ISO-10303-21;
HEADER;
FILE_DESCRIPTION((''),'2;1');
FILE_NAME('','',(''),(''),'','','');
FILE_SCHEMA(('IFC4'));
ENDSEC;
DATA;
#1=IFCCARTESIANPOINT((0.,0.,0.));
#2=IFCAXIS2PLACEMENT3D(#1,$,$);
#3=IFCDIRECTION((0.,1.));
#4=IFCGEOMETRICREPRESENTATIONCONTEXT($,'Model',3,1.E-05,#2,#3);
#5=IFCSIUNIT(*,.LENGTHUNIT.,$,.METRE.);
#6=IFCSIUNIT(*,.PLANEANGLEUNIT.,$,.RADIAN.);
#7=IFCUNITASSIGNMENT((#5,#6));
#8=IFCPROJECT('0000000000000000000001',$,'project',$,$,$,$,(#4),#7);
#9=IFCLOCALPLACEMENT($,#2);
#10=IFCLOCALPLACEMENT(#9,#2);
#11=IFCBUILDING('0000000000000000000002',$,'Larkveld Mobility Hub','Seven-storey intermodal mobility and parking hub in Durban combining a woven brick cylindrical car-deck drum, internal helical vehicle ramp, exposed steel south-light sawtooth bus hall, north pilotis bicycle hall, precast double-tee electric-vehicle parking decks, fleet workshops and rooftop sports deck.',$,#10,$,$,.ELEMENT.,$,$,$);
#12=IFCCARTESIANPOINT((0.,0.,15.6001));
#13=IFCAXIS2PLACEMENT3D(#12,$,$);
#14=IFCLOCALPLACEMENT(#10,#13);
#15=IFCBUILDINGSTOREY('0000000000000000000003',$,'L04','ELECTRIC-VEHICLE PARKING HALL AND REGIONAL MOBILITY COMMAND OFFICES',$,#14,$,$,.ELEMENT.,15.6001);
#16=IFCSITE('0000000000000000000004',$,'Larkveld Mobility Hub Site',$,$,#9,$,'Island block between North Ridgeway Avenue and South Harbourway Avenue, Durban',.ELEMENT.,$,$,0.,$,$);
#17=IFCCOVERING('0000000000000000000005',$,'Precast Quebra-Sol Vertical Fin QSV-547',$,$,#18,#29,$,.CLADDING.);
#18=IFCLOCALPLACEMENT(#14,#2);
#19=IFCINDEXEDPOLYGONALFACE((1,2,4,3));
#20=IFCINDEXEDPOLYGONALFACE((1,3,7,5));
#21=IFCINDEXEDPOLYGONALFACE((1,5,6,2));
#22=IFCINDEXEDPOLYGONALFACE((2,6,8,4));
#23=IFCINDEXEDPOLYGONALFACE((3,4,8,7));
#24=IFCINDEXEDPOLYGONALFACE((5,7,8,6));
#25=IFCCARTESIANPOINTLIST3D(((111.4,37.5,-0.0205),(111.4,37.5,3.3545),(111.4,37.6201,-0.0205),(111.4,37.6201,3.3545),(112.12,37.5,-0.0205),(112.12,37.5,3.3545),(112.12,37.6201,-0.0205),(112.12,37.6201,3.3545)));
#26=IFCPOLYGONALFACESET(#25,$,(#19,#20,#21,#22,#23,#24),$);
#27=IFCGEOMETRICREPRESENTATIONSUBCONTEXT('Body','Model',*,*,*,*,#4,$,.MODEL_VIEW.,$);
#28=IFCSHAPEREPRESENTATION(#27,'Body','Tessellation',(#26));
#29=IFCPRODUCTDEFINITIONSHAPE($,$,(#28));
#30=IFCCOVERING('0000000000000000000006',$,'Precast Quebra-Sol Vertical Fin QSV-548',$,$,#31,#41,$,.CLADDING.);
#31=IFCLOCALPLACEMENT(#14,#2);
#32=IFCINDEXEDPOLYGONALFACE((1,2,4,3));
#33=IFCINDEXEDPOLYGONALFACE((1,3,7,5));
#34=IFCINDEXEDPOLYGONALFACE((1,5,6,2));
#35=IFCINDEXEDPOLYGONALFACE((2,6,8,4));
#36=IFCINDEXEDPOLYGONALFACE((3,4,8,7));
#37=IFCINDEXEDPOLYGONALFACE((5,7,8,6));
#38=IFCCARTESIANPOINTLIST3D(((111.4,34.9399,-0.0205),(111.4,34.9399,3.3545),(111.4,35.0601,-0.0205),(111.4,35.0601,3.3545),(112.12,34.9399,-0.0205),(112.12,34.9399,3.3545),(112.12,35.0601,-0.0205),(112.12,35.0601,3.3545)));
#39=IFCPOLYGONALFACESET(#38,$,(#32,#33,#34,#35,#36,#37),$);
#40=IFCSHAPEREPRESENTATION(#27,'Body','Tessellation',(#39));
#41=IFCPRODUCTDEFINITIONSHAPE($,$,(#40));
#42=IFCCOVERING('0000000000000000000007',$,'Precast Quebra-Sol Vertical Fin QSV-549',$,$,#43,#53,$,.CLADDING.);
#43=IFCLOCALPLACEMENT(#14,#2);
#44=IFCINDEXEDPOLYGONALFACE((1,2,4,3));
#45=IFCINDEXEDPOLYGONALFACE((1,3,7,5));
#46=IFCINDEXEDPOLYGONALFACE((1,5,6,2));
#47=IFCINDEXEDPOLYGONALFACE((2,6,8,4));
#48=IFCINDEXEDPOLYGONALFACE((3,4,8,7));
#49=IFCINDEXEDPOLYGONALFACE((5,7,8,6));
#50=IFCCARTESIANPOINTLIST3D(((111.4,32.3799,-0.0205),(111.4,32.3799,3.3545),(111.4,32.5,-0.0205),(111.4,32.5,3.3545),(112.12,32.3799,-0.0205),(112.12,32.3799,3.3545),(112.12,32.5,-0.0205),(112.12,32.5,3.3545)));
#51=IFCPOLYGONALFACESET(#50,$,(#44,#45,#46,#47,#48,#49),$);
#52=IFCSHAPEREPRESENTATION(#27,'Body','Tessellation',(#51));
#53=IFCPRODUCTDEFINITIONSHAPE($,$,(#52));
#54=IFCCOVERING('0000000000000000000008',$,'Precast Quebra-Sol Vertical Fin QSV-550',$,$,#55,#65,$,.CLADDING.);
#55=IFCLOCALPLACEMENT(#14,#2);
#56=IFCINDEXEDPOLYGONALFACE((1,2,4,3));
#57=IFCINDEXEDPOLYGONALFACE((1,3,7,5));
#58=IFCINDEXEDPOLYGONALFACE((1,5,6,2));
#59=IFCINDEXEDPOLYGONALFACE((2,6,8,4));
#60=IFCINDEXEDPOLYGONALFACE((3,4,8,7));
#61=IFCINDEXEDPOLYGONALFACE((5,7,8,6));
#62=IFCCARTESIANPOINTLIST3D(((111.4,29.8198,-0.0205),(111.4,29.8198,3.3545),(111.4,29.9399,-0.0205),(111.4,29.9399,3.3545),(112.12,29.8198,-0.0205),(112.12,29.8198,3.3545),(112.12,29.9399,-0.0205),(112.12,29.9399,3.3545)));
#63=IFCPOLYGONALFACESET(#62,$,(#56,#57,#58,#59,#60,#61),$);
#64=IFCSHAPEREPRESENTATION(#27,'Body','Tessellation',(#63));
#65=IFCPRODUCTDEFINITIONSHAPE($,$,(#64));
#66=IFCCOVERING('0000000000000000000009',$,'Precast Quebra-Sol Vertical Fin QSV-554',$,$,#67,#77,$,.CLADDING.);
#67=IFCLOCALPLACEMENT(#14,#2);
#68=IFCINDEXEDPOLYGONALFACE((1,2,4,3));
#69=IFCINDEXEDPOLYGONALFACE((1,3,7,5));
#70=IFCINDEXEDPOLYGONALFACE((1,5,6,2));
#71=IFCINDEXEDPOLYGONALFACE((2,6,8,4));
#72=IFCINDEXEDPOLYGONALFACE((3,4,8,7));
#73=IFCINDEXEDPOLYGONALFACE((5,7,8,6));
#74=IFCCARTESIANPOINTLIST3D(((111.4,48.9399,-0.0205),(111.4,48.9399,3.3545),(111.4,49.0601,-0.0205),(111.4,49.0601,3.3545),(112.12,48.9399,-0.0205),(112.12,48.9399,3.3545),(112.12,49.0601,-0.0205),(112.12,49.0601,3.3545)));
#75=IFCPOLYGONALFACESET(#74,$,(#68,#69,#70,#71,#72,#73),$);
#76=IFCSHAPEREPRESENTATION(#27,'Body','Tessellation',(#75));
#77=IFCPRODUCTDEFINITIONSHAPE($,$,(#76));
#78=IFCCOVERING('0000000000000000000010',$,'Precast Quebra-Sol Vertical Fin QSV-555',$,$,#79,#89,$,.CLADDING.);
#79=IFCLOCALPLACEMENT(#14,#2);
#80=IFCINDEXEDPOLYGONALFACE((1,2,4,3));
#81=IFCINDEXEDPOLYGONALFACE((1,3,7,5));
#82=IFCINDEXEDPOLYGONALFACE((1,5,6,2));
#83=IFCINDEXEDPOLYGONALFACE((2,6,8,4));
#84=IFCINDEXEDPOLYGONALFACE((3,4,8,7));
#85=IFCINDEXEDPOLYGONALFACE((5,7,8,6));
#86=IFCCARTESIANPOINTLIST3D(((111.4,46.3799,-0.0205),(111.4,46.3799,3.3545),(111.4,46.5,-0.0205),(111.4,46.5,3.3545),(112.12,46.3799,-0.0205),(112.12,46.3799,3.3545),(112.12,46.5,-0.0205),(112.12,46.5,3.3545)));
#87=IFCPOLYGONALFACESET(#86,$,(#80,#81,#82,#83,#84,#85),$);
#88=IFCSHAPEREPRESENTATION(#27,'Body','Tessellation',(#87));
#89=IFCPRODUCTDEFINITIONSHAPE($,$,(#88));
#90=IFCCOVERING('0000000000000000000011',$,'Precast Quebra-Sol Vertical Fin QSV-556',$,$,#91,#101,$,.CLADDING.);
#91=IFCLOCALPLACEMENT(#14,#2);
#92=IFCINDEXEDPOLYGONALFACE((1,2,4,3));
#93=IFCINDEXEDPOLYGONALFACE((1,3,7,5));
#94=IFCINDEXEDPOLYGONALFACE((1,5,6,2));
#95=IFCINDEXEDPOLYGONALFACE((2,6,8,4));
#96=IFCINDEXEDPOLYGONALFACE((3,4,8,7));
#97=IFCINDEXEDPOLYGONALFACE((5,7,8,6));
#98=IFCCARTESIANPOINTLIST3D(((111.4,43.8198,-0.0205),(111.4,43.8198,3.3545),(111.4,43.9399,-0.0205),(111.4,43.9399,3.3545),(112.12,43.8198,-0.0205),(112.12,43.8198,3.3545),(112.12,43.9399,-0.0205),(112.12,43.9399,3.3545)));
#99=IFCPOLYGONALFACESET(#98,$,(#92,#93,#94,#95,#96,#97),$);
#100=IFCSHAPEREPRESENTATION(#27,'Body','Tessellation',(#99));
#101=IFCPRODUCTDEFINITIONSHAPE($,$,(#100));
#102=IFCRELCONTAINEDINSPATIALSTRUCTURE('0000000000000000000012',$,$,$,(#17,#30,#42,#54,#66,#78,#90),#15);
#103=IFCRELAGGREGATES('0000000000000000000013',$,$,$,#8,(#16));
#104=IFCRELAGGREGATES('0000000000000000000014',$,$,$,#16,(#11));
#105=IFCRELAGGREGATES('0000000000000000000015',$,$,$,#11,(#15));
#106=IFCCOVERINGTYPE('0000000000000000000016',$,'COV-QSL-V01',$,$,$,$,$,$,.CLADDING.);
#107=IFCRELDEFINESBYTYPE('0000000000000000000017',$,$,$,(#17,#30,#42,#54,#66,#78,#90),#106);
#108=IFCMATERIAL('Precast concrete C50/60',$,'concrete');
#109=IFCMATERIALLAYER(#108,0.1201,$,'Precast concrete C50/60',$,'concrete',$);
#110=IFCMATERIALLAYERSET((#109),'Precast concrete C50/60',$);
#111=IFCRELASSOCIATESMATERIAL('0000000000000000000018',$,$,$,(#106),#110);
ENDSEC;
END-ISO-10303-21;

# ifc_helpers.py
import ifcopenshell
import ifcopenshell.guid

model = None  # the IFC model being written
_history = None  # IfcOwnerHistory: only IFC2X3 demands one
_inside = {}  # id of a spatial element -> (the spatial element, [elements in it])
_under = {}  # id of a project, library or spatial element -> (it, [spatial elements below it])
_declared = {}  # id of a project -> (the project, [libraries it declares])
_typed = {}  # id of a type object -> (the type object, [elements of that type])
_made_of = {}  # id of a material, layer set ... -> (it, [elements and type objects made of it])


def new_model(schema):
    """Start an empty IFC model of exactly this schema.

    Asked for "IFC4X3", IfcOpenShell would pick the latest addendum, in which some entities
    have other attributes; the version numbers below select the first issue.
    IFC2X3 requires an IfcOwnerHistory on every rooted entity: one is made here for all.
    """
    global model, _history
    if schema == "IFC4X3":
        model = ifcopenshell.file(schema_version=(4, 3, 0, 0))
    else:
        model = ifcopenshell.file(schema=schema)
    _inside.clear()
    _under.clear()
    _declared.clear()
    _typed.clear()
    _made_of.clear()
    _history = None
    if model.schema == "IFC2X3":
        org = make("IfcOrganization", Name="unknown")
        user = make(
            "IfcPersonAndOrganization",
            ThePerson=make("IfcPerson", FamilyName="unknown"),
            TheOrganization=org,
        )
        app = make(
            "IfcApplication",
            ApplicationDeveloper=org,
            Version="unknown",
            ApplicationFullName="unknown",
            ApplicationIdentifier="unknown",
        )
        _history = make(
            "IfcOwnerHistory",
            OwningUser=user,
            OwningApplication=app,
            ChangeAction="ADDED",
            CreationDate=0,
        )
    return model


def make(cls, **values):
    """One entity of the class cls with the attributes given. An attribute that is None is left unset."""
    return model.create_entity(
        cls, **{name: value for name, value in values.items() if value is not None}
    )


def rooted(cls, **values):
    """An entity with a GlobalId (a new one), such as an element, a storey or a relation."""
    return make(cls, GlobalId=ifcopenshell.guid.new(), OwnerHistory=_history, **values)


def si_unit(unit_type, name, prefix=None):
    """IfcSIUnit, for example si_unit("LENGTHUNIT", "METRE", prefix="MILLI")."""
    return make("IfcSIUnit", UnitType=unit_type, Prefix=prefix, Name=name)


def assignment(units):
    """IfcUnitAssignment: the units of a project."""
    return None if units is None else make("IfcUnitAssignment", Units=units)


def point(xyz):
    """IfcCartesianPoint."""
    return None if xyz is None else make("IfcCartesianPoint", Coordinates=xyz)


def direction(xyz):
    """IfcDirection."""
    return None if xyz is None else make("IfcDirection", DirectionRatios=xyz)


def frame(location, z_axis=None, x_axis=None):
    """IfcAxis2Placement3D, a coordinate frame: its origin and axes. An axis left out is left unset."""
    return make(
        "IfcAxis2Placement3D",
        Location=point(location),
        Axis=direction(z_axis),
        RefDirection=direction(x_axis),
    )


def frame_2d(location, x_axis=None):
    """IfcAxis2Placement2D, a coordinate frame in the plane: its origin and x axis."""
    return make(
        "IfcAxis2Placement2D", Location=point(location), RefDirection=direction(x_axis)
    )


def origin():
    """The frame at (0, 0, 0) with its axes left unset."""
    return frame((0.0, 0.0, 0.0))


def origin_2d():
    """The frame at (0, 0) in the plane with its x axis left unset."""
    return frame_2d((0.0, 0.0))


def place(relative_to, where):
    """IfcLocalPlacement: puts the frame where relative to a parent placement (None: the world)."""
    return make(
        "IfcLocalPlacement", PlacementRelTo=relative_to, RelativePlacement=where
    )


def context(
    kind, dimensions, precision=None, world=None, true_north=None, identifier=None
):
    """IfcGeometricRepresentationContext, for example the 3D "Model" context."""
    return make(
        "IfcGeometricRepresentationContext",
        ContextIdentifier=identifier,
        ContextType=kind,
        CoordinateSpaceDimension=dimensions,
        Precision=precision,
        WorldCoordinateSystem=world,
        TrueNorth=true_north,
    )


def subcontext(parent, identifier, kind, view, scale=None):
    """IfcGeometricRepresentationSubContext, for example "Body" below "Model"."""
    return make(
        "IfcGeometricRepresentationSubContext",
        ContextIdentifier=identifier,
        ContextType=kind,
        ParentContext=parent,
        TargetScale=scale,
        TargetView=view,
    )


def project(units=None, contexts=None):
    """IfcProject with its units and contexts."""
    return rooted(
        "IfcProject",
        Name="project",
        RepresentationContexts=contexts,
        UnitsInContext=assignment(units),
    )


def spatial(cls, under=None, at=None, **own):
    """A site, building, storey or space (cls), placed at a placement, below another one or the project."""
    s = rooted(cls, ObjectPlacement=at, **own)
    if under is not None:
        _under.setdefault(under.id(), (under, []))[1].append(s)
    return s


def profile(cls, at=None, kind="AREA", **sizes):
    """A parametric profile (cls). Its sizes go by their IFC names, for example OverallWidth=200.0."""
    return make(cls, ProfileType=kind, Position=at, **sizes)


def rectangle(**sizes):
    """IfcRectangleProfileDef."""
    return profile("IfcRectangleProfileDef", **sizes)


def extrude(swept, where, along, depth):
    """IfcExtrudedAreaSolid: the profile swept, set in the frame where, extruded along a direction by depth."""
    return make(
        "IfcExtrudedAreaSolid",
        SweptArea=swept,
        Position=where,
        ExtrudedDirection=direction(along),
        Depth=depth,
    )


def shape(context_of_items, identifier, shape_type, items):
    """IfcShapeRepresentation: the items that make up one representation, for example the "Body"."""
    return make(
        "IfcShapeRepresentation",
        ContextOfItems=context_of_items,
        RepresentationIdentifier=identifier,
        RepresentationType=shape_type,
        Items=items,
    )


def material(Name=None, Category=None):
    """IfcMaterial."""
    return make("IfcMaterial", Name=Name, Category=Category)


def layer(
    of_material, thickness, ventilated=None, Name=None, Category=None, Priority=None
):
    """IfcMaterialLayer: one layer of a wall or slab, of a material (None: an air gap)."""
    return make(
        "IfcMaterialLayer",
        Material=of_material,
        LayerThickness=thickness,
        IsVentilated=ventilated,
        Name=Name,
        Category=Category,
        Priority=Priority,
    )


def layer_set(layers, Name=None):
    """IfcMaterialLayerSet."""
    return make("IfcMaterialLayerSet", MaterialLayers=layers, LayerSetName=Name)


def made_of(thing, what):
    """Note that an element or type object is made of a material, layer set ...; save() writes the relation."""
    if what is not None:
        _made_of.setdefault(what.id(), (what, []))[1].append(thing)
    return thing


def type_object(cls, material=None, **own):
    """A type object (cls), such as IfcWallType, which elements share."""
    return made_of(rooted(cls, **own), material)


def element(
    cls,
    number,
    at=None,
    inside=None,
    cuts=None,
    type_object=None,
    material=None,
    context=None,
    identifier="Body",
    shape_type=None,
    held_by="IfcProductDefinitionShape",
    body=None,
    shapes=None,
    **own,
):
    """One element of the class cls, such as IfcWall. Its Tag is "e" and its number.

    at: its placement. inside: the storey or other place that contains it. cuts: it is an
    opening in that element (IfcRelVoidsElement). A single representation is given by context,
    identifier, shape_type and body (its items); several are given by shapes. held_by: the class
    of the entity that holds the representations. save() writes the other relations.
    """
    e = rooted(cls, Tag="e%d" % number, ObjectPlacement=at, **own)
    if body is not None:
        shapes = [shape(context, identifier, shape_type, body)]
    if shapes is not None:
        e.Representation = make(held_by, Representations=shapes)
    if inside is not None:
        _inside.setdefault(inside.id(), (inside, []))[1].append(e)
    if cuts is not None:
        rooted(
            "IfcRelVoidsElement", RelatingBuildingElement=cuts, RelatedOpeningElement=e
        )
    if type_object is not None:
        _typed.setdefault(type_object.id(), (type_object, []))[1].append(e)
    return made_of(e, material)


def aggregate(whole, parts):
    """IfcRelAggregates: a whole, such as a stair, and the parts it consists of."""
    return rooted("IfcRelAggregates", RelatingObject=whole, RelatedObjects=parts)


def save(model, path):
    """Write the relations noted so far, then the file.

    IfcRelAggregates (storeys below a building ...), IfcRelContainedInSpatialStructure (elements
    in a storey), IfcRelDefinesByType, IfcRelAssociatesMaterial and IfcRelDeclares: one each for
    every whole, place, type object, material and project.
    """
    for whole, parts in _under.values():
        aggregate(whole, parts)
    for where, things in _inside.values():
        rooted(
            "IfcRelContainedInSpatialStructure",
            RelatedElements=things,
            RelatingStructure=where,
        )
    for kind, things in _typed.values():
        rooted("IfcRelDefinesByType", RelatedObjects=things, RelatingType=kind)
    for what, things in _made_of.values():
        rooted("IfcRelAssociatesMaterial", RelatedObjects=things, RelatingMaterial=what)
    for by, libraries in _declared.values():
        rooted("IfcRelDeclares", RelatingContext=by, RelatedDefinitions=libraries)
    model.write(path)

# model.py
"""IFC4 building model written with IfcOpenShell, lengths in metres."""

from ifc_helpers import new_model, si_unit, direction, frame, origin, origin_2d, place, context, subcontext, project, spatial, rectangle, extrude, material, layer, layer_set, type_object, element, save


model = new_model("IFC4")

# Units and contexts
model_context = context("Model", 3, precision=1e-05, world=origin(), true_north=direction((0.0, 1.0)))
body_context = subcontext(model_context, "Body", "Model", "MODEL_VIEW")
ifc_project = project(units=[si_unit("LENGTHUNIT", "METRE"), si_unit("PLANEANGLEUNIT", "RADIAN")], contexts=[model_context])

# Site, building, storey
site_placement = place(None, origin())
site = spatial("IfcSite", under=ifc_project, at=site_placement, Name="Larkveld Mobility Hub Site", LongName="Island block between North Ridgeway Avenue and South Harbourway Avenue, Durban", CompositionType="ELEMENT", RefElevation=0.0)
building_placement = place(site_placement, origin())
building = spatial("IfcBuilding", under=site, at=building_placement, Name="Larkveld Mobility Hub", Description="Seven-storey intermodal mobility and parking hub in Durban combining a woven brick cylindrical car-deck drum, internal helical vehicle ramp, exposed steel south-light sawtooth bus hall, north pilotis bicycle hall, precast double-tee electric-vehicle parking decks, fleet workshops and rooftop sports deck.", CompositionType="ELEMENT")
storey_placement = place(building_placement, frame((0.0, 0.0, 15.6001)))
storey = spatial("IfcBuildingStorey", under=building, at=storey_placement, Name="L04", Description="ELECTRIC-VEHICLE PARKING HALL AND REGIONAL MOBILITY COMMAND OFFICES", CompositionType="ELEMENT", Elevation=15.6001)

# Coverings
ifc_material_1 = material(Name="Precast concrete C50/60", Category="concrete")
ifc_layer_1 = layer(ifc_material_1, 0.1201, Name="Precast concrete C50/60", Category="concrete")
ifc_layer_set_1 = layer_set([ifc_layer_1], Name="Precast concrete C50/60")
covering_type_1 = type_object("IfcCoveringType", Name="COV-QSL-V01", PredefinedType="CLADDING", material=ifc_layer_set_1)
for number, where, z_axis, x_axis, name in (
    (1, (111.76, 37.5601, -0.0205), (0.0, 0.0, 1.0), (0.0, -1.0, 0.0), "Precast Quebra-Sol Vertical Fin QSV-547"),
    (2, (111.76, 35.0, -0.0205), (0.0, 0.0, 1.0), (0.0, -1.0, 0.0), "Precast Quebra-Sol Vertical Fin QSV-548"),
    (3, (111.76, 32.4399, -0.0205), (0.0, 0.0, 1.0), (0.0, -1.0, 0.0), "Precast Quebra-Sol Vertical Fin QSV-549"),
    (4, (111.76, 29.8799, -0.0205), (0.0, 0.0, 1.0), (0.0, -1.0, 0.0), "Precast Quebra-Sol Vertical Fin QSV-550"),
    (5, (111.76, 49.0, -0.0205), (0.0, 0.0, 1.0), (0.0, -1.0, 0.0), "Precast Quebra-Sol Vertical Fin QSV-554"),
    (6, (111.76, 46.4399, -0.0205), (0.0, 0.0, 1.0), (0.0, -1.0, 0.0), "Precast Quebra-Sol Vertical Fin QSV-555"),
    (7, (111.76, 43.8799, -0.0205), (0.0, 0.0, 1.0), (0.0, -1.0, 0.0), "Precast Quebra-Sol Vertical Fin QSV-556"),
):
    element("IfcCovering", number, at=place(storey_placement, frame(where, z_axis=z_axis, x_axis=x_axis)), inside=storey, type_object=covering_type_1, Name=name, PredefinedType="CLADDING", context=body_context, shape_type="SweptSolid", body=[
        extrude(rectangle(XDim=0.1201, YDim=0.72, at=origin_2d()), origin(), (0.0, 0.0, 1.0), 3.375),
    ])

save(model, "model.ifc")
